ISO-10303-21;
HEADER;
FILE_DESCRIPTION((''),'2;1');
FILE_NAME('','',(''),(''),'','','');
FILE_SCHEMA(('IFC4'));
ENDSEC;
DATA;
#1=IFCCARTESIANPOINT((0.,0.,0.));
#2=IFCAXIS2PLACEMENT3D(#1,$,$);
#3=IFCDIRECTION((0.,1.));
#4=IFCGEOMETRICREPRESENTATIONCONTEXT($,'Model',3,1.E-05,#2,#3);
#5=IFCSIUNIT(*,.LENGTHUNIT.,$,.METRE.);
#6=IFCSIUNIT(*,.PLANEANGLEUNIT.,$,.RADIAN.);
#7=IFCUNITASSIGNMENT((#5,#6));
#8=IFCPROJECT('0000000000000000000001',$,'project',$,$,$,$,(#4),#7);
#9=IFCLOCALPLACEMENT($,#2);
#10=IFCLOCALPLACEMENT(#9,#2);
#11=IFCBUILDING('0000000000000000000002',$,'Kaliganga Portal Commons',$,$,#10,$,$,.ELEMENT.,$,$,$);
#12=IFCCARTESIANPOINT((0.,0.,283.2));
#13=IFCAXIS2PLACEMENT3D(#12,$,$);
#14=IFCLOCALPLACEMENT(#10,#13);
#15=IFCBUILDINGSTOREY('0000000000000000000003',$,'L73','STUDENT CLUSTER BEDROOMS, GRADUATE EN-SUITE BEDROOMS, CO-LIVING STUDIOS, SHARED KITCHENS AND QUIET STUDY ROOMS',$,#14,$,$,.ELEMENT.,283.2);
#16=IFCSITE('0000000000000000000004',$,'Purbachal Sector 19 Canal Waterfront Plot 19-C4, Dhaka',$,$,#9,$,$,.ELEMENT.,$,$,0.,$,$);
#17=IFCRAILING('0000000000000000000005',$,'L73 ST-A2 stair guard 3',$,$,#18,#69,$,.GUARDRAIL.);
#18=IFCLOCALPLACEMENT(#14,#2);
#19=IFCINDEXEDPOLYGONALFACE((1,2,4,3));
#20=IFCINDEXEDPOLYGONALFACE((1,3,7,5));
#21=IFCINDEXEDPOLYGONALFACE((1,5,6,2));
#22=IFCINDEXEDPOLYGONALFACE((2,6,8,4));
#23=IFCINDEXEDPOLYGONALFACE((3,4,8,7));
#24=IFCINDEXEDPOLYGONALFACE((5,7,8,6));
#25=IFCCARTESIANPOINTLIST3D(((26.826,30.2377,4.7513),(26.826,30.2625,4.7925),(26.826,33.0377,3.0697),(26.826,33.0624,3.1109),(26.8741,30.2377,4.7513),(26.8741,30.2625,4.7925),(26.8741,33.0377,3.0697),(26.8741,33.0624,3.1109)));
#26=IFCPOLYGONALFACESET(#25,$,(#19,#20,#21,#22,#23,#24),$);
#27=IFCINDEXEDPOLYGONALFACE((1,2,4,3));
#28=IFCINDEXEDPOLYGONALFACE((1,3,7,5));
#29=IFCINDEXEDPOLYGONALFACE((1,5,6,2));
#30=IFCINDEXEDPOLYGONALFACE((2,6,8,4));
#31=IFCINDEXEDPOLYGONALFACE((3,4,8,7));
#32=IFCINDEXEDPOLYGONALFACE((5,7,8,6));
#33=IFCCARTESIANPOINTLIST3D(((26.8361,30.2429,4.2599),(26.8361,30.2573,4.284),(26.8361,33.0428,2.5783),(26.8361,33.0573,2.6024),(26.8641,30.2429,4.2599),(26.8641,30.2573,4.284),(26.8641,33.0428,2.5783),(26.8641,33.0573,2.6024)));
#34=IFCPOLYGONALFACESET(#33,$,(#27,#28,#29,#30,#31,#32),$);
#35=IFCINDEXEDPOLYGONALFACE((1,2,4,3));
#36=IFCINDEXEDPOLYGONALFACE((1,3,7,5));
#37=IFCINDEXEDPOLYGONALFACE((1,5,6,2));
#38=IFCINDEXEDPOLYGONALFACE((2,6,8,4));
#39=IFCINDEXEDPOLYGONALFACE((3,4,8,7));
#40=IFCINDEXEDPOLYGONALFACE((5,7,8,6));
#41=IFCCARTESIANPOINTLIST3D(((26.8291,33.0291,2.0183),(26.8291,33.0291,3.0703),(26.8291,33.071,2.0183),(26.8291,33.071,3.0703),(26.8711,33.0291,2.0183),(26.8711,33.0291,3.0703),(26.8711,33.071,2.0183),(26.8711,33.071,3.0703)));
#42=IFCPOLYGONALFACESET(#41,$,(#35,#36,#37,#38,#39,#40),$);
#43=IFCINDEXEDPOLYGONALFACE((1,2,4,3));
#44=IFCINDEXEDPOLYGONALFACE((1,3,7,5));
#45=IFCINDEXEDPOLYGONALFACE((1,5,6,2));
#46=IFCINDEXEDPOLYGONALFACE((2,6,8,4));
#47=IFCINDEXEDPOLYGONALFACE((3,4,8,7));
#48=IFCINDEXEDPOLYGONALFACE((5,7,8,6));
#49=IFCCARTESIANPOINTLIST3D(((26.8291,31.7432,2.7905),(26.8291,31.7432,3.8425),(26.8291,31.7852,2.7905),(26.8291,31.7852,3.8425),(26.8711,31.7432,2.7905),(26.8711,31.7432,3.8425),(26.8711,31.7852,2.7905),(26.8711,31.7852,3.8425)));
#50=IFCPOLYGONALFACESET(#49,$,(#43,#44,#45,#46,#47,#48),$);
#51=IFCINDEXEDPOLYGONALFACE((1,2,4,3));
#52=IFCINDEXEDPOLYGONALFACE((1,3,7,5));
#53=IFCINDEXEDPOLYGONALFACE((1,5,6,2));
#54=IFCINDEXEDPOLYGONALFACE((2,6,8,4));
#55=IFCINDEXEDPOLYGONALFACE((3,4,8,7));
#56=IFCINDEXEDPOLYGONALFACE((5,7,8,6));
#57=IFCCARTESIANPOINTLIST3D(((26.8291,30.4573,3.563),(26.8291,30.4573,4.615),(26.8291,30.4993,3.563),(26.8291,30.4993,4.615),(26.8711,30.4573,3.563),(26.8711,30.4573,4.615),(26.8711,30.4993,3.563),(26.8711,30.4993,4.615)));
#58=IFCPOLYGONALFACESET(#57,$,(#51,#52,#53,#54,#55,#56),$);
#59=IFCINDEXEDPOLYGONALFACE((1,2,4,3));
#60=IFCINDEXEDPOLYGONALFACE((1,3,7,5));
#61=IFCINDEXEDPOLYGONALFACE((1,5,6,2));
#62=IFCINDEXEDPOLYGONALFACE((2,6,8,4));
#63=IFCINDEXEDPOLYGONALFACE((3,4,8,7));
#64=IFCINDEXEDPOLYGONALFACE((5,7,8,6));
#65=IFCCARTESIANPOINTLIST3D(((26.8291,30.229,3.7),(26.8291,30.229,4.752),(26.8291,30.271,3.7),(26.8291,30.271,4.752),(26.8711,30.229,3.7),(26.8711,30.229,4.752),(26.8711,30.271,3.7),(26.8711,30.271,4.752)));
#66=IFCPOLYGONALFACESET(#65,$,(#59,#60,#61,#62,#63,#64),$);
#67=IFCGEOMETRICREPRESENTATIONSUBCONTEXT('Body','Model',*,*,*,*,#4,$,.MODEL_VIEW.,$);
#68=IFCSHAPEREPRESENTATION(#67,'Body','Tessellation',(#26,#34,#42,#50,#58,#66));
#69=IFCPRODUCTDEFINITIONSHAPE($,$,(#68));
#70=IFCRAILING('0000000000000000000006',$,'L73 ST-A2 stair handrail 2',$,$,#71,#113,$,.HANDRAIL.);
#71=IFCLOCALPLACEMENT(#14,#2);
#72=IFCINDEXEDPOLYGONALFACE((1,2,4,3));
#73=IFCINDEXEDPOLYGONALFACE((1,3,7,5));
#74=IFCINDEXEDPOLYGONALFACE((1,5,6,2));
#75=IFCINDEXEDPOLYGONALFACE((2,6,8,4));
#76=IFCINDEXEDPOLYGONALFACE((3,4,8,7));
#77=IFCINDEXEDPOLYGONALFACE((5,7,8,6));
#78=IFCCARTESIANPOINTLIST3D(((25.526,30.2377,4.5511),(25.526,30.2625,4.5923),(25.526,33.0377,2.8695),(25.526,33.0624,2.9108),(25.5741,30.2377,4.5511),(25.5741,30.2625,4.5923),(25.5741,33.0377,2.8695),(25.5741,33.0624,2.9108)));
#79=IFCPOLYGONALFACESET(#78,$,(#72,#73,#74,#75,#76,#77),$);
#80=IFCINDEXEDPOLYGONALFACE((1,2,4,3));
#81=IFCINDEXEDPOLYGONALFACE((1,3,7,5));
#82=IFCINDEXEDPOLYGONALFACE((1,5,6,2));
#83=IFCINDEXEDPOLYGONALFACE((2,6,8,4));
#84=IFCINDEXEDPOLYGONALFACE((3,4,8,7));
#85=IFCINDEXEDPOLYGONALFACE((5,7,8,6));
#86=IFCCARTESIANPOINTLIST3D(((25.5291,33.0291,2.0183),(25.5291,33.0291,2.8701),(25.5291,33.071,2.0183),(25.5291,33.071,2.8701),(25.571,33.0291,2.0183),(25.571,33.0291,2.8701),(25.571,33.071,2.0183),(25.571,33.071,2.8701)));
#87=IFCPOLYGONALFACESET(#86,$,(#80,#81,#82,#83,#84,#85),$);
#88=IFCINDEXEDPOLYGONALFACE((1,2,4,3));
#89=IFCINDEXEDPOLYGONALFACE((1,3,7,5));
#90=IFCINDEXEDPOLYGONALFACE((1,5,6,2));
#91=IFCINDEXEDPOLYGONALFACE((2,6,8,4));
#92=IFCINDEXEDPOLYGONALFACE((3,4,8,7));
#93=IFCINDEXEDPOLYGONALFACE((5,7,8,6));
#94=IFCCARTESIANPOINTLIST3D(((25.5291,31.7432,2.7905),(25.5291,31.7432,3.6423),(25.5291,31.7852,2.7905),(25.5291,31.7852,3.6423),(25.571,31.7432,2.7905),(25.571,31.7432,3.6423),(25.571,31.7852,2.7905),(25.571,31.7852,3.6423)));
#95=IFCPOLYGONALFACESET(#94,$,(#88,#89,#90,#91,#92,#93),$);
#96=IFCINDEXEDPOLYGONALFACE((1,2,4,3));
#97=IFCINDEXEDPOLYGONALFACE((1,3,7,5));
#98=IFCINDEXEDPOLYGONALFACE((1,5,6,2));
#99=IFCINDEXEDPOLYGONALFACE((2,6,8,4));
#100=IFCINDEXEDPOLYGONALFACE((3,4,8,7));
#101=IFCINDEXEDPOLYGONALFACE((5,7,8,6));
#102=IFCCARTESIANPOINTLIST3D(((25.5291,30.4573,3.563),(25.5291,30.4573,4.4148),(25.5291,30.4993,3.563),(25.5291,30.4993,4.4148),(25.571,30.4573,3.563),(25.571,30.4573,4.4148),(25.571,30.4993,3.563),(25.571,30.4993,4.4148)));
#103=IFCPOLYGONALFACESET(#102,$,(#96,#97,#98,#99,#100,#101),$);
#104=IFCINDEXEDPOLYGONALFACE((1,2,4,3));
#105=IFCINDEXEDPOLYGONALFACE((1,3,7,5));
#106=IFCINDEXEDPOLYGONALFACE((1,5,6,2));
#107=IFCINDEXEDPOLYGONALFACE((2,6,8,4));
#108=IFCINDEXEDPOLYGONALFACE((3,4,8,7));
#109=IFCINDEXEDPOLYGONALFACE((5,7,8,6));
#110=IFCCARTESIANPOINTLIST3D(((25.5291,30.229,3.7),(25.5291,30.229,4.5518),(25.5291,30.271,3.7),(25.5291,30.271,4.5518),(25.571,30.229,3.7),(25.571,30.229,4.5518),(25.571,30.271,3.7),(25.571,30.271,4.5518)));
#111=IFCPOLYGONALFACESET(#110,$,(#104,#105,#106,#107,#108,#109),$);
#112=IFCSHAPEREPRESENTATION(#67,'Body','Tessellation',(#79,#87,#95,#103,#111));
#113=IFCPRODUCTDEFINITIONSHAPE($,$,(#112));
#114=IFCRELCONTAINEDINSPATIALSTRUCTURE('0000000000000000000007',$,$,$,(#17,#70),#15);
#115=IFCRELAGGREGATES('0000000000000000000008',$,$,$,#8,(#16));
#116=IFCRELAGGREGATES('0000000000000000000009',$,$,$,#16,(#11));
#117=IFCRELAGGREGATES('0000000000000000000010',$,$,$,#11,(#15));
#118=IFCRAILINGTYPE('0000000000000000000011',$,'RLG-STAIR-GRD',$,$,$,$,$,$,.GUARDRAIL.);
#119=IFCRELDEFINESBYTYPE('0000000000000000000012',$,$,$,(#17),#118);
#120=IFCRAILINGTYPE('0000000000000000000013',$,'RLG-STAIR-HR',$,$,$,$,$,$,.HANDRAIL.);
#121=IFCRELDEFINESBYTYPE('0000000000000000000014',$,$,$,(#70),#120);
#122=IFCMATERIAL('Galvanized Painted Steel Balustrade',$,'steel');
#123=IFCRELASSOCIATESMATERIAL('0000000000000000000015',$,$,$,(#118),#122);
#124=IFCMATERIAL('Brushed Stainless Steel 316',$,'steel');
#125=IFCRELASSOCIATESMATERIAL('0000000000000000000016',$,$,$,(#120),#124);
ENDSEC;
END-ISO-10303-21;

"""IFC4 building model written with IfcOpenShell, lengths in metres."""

from ifc_helpers import new_model, si_unit, direction, frame, origin, origin_2d, place, context, subcontext, project, spatial, rectangle, extrude, material, type_object, element, save


model = new_model("IFC4")

# Units and contexts
model_context = context("Model", 3, precision=1e-05, world=origin(), true_north=direction((0.0, 1.0)))
body_context = subcontext(model_context, "Body", "Model", "MODEL_VIEW")
ifc_project = project(units=[si_unit("LENGTHUNIT", "METRE"), si_unit("PLANEANGLEUNIT", "RADIAN")], contexts=[model_context])

# Site, building, storey
site_placement = place(None, origin())
site = spatial("IfcSite", under=ifc_project, at=site_placement, Name="Purbachal Sector 19 Canal Waterfront Plot 19-C4, Dhaka", CompositionType="ELEMENT", RefElevation=0.0)
building_placement = place(site_placement, origin())
building = spatial("IfcBuilding", under=site, at=building_placement, Name="Kaliganga Portal Commons", CompositionType="ELEMENT")
storey_placement = place(building_placement, frame((0.0, 0.0, 283.2)))
storey = spatial("IfcBuildingStorey", under=building, at=storey_placement, Name="L73", Description="STUDENT CLUSTER BEDROOMS, GRADUATE EN-SUITE BEDROOMS, CO-LIVING STUDIOS, SHARED KITCHENS AND QUIET STUDY ROOMS", CompositionType="ELEMENT", Elevation=283.2)

# Railings
ifc_material_1 = material(Name="Galvanized Painted Steel Balustrade", Category="steel")
railing_type_1 = type_object("IfcRailingType", Name="RLG-STAIR-GRD", PredefinedType="GUARDRAIL", material=ifc_material_1)
railing_1_placement = place(storey_placement, frame((26.8501, 33.05, 2.0183)))
element("IfcRailing", 1, at=railing_1_placement, inside=storey, type_object=railing_type_1, Name="L73 ST-A2 stair guard 3", PredefinedType="GUARDRAIL", context=body_context, shape_type="SweptSolid", body=[
    extrude(rectangle(XDim=0.0481, YDim=0.0481, at=origin_2d()), frame((0.0, 0.0, 1.072), z_axis=(0.0, -0.857275, 0.514858), x_axis=(1.0, 0.0, 0.0)), (0.0, 0.0, 1.0), 3.2661),
    extrude(rectangle(XDim=0.0281, YDim=0.0281, at=origin_2d()), frame((0.0, 0.0, 0.572), z_axis=(0.0, -0.857275, 0.514858), x_axis=(1.0, 0.0, 0.0)), (0.0, 0.0, 1.0), 3.2661),
    extrude(rectangle(XDim=0.042, YDim=0.042, at=origin_2d()), origin(), (0.0, 0.0, 1.0), 1.052),
    extrude(rectangle(XDim=0.042, YDim=0.042, at=origin_2d()), frame((0.0, -1.2859, 0.7722)), (0.0, 0.0, 1.0), 1.052),
    extrude(rectangle(XDim=0.042, YDim=0.042, at=origin_2d()), frame((0.0, -2.5718, 1.5447)), (0.0, 0.0, 1.0), 1.052),
    extrude(rectangle(XDim=0.042, YDim=0.042, at=origin_2d()), frame((0.0, -2.8, 1.6816)), (0.0, 0.0, 1.0), 1.052),
])
ifc_material_2 = material(Name="Brushed Stainless Steel 316", Category="steel")
railing_type_2 = type_object("IfcRailingType", Name="RLG-STAIR-HR", PredefinedType="HANDRAIL", material=ifc_material_2)
railing_2_placement = place(storey_placement, frame((25.55, 33.05, 2.0183)))
element("IfcRailing", 2, at=railing_2_placement, inside=storey, type_object=railing_type_2, Name="L73 ST-A2 stair handrail 2", PredefinedType="HANDRAIL", context=body_context, shape_type="SweptSolid", body=[
    extrude(rectangle(XDim=0.0481, YDim=0.0481, at=origin_2d()), frame((0.0, 0.0, 0.8718), z_axis=(0.0, -0.857275, 0.514858), x_axis=(1.0, 0.0, 0.0)), (0.0, 0.0, 1.0), 3.2661),
    extrude(rectangle(XDim=0.042, YDim=0.042, at=origin_2d()), origin(), (0.0, 0.0, 1.0), 0.8518),
    extrude(rectangle(XDim=0.042, YDim=0.042, at=origin_2d()), frame((0.0, -1.2859, 0.7722)), (0.0, 0.0, 1.0), 0.8518),
    extrude(rectangle(XDim=0.042, YDim=0.042, at=origin_2d()), frame((0.0, -2.5718, 1.5447)), (0.0, 0.0, 1.0), 0.8518),
    extrude(rectangle(XDim=0.042, YDim=0.042, at=origin_2d()), frame((0.0, -2.8, 1.6816)), (0.0, 0.0, 1.0), 0.8518),
])

save(model, "model.ifc")
